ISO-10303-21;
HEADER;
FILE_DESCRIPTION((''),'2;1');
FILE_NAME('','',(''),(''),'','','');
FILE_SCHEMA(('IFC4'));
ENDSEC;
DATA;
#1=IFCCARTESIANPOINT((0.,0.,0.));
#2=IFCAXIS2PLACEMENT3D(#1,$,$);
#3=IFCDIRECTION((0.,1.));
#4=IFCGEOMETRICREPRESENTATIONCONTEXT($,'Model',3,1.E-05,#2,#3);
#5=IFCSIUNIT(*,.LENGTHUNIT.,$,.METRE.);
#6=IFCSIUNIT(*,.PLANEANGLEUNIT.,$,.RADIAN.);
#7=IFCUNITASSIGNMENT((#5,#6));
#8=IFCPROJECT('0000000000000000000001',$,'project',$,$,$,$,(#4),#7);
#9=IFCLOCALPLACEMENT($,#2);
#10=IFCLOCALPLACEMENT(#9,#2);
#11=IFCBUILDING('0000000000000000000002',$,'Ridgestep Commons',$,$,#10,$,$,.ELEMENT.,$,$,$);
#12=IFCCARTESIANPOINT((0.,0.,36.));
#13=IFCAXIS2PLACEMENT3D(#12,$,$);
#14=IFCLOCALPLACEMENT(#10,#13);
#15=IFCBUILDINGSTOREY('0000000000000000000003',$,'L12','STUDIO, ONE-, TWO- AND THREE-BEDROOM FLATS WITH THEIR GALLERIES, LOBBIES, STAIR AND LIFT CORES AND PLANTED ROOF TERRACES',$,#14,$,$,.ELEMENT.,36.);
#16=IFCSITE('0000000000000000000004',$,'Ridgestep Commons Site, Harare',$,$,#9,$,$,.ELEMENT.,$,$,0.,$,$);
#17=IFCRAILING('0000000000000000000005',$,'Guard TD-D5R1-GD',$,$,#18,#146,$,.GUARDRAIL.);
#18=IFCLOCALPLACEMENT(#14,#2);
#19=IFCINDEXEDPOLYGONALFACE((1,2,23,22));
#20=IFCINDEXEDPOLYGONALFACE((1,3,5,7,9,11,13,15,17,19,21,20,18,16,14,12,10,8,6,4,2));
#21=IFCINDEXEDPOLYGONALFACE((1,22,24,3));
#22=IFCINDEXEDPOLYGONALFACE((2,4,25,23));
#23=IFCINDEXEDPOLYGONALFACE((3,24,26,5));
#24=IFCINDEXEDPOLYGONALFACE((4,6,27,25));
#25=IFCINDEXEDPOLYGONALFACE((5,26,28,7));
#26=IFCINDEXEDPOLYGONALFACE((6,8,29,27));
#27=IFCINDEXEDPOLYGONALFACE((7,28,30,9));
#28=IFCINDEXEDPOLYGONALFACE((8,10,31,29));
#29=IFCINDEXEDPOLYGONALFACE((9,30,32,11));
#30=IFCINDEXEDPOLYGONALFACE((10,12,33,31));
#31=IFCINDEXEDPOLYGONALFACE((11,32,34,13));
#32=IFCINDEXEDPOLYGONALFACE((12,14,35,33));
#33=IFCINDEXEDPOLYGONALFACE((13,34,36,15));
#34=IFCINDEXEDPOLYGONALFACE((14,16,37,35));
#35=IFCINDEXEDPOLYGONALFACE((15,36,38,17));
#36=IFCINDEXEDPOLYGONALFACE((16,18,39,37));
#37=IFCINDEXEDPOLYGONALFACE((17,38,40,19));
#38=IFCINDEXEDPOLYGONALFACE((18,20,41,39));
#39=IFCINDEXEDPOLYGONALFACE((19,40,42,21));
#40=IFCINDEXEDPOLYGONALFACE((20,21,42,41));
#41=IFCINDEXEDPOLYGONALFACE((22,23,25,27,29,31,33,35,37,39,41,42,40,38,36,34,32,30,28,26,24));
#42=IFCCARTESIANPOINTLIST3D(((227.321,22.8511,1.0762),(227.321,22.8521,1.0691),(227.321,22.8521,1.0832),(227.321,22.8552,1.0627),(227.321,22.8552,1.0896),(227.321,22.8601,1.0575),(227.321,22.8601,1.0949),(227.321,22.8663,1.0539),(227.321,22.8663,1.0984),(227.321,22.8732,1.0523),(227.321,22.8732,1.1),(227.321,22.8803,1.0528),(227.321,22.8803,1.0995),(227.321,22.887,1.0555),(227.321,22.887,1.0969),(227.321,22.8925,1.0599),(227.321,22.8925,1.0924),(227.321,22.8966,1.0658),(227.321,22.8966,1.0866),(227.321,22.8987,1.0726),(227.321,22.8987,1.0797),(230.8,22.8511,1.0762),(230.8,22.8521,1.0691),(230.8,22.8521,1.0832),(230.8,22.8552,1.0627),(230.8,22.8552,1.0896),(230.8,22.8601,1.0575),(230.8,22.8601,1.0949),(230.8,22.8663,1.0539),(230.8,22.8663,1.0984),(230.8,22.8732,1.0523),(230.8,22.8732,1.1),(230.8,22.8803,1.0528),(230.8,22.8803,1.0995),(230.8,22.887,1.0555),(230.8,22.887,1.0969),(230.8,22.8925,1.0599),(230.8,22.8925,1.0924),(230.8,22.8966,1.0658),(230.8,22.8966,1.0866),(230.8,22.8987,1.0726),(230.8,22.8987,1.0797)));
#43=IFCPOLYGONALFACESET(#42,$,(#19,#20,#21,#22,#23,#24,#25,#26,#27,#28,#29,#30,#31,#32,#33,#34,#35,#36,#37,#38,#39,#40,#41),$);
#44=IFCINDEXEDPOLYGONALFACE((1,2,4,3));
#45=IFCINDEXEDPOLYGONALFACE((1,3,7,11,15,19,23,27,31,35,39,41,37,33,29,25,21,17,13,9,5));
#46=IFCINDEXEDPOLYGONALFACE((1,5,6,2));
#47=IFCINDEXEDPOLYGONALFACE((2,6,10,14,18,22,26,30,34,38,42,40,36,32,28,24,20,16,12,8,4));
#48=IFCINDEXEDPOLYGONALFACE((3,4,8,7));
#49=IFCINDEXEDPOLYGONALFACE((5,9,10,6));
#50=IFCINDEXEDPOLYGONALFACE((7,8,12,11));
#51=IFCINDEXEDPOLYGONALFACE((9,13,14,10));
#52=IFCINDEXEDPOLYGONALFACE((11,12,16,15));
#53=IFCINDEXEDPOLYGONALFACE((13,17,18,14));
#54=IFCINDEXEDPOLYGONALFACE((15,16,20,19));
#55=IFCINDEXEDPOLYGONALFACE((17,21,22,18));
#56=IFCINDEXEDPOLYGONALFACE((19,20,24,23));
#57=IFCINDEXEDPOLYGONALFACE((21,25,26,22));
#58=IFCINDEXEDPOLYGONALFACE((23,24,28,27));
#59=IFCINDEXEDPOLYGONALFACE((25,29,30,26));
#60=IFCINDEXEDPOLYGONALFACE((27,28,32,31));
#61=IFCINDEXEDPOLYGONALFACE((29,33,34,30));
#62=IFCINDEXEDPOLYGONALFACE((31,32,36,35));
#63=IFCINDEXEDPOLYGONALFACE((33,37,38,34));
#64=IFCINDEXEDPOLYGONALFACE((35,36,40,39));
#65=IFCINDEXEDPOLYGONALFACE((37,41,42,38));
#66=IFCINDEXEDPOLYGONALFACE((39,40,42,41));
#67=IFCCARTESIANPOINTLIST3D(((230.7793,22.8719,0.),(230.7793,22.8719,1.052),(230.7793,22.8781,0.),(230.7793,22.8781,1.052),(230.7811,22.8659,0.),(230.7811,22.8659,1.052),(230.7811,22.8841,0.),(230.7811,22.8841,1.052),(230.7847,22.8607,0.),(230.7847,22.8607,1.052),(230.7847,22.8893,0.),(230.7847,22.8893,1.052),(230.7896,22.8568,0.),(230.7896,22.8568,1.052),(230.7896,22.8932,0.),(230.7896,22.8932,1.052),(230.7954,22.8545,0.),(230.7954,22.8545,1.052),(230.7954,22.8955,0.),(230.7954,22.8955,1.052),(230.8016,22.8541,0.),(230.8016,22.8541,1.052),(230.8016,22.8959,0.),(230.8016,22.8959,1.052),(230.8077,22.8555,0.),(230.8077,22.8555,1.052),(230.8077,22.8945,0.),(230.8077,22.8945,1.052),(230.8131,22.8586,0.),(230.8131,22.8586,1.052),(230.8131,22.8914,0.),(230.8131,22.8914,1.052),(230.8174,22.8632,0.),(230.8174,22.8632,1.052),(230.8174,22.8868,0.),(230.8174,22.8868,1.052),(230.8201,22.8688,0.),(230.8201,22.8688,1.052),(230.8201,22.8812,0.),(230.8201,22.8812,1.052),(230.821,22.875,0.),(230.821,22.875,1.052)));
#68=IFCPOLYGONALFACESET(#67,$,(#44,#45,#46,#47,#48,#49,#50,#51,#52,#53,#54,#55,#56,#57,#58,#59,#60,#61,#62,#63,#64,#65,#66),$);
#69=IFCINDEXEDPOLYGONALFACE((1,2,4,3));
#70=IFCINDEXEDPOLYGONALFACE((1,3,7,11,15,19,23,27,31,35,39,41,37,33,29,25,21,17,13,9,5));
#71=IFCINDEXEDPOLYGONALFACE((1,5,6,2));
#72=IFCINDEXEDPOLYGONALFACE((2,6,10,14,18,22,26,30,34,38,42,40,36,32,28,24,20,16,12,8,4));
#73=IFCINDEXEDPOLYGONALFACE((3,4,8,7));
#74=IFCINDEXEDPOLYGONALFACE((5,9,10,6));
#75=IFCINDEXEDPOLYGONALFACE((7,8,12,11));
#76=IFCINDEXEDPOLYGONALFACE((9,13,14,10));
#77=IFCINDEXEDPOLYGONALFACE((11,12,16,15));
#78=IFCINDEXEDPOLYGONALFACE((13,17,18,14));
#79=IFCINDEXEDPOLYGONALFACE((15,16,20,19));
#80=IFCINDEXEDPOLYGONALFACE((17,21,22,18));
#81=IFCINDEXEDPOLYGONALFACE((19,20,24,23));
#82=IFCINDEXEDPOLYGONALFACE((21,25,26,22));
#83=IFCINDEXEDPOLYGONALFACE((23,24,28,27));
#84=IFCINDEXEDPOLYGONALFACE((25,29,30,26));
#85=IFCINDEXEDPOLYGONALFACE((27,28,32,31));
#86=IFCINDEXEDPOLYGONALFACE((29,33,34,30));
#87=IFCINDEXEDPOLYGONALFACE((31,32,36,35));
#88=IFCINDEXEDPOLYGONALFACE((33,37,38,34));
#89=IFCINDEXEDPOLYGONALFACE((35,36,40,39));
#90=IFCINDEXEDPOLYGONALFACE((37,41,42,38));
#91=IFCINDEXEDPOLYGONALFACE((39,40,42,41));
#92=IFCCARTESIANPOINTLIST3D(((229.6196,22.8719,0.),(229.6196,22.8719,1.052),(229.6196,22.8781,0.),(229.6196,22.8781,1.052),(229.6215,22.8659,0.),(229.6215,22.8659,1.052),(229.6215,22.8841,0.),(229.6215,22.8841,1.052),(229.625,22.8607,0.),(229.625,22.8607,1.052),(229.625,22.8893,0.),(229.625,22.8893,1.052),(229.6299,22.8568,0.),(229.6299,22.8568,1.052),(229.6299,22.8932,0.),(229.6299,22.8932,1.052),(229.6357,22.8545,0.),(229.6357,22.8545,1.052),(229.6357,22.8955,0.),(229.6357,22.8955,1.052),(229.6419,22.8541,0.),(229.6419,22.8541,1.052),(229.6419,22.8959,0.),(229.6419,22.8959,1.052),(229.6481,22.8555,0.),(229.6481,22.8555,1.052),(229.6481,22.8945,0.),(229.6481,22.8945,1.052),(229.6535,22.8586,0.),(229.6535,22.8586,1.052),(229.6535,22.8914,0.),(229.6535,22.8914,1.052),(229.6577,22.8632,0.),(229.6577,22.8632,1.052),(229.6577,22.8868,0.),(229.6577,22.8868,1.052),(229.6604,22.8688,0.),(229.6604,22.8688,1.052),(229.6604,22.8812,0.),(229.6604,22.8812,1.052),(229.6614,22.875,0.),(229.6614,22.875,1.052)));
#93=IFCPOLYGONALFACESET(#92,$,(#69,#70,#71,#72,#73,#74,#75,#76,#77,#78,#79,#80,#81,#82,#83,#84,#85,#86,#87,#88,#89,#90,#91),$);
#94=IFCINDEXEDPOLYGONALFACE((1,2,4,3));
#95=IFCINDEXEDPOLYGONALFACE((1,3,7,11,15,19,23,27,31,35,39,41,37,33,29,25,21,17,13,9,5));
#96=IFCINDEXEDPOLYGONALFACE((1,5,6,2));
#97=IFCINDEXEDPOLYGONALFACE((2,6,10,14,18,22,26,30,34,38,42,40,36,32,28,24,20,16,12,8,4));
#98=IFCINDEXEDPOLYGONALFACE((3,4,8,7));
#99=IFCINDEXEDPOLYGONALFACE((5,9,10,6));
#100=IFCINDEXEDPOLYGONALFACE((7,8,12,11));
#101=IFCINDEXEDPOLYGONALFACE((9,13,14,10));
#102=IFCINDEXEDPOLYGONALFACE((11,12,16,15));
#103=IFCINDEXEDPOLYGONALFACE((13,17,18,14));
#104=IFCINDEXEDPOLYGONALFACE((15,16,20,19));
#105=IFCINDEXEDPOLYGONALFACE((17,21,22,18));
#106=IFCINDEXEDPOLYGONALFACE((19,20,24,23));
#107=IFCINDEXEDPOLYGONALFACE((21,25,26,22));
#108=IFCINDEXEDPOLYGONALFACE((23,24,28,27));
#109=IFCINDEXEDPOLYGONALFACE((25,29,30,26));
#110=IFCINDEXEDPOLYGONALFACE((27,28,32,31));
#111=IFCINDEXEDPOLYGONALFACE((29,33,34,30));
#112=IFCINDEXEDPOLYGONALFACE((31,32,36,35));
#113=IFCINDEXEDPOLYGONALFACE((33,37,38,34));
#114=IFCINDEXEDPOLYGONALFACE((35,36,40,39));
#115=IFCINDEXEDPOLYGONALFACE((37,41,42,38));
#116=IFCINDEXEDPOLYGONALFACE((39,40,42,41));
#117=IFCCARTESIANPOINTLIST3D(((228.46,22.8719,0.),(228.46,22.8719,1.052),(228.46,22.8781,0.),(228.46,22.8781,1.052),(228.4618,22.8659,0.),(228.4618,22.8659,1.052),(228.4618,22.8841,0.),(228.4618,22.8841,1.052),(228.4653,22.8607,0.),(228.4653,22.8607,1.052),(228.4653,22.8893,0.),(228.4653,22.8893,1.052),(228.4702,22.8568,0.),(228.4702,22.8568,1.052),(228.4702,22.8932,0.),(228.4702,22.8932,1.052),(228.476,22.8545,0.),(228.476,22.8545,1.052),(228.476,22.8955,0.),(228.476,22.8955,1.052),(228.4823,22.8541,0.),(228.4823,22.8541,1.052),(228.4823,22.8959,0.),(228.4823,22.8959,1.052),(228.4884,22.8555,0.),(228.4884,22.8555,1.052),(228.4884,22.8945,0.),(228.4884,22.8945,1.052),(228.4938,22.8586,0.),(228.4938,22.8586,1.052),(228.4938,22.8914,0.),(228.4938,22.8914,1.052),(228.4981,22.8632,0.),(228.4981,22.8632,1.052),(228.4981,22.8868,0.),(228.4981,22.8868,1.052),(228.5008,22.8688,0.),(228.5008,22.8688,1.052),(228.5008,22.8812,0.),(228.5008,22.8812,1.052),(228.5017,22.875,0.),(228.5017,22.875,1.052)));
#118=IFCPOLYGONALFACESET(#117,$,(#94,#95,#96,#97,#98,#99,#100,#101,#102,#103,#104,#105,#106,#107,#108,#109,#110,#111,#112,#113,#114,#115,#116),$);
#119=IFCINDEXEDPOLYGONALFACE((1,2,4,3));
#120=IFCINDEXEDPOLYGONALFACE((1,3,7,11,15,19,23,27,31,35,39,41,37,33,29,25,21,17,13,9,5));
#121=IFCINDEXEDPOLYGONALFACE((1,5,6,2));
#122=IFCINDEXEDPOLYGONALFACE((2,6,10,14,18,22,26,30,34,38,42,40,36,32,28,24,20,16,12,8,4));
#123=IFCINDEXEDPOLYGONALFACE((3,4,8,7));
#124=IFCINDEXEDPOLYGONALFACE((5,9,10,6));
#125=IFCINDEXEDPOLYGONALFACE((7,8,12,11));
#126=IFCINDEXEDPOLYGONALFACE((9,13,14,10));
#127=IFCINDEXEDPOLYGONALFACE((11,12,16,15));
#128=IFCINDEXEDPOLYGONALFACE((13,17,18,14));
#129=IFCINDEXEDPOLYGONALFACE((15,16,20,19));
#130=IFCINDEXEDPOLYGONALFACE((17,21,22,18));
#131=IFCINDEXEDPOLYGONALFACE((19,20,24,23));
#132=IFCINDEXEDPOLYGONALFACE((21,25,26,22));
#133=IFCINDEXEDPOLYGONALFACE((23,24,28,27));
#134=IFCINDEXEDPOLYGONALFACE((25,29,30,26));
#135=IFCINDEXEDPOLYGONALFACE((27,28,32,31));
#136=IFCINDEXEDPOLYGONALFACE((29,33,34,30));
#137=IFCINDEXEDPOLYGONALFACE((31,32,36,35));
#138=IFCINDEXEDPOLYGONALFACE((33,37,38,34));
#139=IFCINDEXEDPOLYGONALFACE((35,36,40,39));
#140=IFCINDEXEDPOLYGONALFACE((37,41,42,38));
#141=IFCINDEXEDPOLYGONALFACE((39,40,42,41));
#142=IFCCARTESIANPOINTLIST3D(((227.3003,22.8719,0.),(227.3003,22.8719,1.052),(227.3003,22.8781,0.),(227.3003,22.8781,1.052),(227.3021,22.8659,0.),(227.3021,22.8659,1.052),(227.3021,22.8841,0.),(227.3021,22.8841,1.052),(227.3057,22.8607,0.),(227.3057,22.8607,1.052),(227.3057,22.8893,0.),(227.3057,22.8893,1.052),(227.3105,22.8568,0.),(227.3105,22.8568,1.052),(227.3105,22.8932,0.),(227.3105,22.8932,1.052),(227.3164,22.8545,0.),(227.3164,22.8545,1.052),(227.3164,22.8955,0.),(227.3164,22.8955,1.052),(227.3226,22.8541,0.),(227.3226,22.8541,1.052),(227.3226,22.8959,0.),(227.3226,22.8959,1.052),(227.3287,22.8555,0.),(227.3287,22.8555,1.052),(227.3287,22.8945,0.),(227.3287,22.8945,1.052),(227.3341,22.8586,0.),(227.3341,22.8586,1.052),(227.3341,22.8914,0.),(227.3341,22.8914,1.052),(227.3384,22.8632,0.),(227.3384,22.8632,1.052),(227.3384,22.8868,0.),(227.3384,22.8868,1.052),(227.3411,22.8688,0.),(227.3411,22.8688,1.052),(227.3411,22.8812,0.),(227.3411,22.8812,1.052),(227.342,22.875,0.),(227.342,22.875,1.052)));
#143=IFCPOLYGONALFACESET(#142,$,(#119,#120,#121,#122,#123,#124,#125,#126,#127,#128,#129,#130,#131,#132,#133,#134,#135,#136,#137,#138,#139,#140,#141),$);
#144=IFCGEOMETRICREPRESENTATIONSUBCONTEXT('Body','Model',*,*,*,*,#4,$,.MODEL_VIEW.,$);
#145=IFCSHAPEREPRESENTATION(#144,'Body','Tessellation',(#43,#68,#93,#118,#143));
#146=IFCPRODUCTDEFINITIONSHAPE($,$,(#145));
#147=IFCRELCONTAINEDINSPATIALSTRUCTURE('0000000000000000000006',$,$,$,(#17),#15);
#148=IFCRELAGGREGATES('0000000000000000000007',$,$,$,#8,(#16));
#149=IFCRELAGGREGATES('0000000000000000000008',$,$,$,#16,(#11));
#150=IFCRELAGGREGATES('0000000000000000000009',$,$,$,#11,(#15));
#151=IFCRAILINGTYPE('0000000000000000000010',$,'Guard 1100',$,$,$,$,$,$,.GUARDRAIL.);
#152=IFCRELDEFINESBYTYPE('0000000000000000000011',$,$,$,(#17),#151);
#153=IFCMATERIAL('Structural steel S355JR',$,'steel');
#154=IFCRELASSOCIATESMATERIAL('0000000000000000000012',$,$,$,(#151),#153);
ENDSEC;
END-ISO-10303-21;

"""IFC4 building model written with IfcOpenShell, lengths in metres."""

from ifc_helpers import new_model, si_unit, direction, frame, origin, origin_2d, place, context, subcontext, project, spatial, circle, extrude, material, type_object, element, save


model = new_model("IFC4")

# Units and contexts
model_context = context("Model", 3, precision=1e-05, world=origin(), true_north=direction((0.0, 1.0)))
body_context = subcontext(model_context, "Body", "Model", "MODEL_VIEW")
ifc_project = project(units=[si_unit("LENGTHUNIT", "METRE"), si_unit("PLANEANGLEUNIT", "RADIAN")], contexts=[model_context])

# Site, building, storey
site_placement = place(None, origin())
site = spatial("IfcSite", under=ifc_project, at=site_placement, Name="Ridgestep Commons Site, Harare", CompositionType="ELEMENT", RefElevation=0.0)
building_placement = place(site_placement, origin())
building = spatial("IfcBuilding", under=site, at=building_placement, Name="Ridgestep Commons", CompositionType="ELEMENT")
storey_placement = place(building_placement, frame((0.0, 0.0, 36.0)))
storey = spatial("IfcBuildingStorey", under=building, at=storey_placement, Name="L12", Description="STUDIO, ONE-, TWO- AND THREE-BEDROOM FLATS WITH THEIR GALLERIES, LOBBIES, STAIR AND LIFT CORES AND PLANTED ROOF TERRACES", CompositionType="ELEMENT", Elevation=36.0)

# Railing
ifc_material_1 = material(Name="Structural steel S355JR", Category="steel")
railing_type_1 = type_object("IfcRailingType", Name="Guard 1100", PredefinedType="GUARDRAIL", material=ifc_material_1)
railing_1_placement = place(storey_placement, frame((230.8, 22.875, 0.0)))
element("IfcRailing", 1, at=railing_1_placement, inside=storey, type_object=railing_type_1, Name="Guard TD-D5R1-GD", PredefinedType="GUARDRAIL", context=body_context, shape_type="SweptSolid", body=[
    extrude(circle(Radius=0.0239, at=origin_2d()), frame((0.0, 0.0, 1.0762), z_axis=(-1.0, 0.0, 0.0), x_axis=(0.0, -1.0, 0.0)), (0.0, 0.0, 1.0), 3.479),
    extrude(circle(Radius=0.021, at=origin_2d()), origin(), (0.0, 0.0, 1.0), 1.052),
    extrude(circle(Radius=0.021, at=origin_2d()), frame((-1.1597, 0.0, 0.0)), (0.0, 0.0, 1.0), 1.052),
    extrude(circle(Radius=0.021, at=origin_2d()), frame((-2.3193, 0.0, 0.0)), (0.0, 0.0, 1.0), 1.052),
    extrude(circle(Radius=0.021, at=origin_2d()), frame((-3.479, 0.0, 0.0)), (0.0, 0.0, 1.0), 1.052),
])

save(model, "model.ifc")
